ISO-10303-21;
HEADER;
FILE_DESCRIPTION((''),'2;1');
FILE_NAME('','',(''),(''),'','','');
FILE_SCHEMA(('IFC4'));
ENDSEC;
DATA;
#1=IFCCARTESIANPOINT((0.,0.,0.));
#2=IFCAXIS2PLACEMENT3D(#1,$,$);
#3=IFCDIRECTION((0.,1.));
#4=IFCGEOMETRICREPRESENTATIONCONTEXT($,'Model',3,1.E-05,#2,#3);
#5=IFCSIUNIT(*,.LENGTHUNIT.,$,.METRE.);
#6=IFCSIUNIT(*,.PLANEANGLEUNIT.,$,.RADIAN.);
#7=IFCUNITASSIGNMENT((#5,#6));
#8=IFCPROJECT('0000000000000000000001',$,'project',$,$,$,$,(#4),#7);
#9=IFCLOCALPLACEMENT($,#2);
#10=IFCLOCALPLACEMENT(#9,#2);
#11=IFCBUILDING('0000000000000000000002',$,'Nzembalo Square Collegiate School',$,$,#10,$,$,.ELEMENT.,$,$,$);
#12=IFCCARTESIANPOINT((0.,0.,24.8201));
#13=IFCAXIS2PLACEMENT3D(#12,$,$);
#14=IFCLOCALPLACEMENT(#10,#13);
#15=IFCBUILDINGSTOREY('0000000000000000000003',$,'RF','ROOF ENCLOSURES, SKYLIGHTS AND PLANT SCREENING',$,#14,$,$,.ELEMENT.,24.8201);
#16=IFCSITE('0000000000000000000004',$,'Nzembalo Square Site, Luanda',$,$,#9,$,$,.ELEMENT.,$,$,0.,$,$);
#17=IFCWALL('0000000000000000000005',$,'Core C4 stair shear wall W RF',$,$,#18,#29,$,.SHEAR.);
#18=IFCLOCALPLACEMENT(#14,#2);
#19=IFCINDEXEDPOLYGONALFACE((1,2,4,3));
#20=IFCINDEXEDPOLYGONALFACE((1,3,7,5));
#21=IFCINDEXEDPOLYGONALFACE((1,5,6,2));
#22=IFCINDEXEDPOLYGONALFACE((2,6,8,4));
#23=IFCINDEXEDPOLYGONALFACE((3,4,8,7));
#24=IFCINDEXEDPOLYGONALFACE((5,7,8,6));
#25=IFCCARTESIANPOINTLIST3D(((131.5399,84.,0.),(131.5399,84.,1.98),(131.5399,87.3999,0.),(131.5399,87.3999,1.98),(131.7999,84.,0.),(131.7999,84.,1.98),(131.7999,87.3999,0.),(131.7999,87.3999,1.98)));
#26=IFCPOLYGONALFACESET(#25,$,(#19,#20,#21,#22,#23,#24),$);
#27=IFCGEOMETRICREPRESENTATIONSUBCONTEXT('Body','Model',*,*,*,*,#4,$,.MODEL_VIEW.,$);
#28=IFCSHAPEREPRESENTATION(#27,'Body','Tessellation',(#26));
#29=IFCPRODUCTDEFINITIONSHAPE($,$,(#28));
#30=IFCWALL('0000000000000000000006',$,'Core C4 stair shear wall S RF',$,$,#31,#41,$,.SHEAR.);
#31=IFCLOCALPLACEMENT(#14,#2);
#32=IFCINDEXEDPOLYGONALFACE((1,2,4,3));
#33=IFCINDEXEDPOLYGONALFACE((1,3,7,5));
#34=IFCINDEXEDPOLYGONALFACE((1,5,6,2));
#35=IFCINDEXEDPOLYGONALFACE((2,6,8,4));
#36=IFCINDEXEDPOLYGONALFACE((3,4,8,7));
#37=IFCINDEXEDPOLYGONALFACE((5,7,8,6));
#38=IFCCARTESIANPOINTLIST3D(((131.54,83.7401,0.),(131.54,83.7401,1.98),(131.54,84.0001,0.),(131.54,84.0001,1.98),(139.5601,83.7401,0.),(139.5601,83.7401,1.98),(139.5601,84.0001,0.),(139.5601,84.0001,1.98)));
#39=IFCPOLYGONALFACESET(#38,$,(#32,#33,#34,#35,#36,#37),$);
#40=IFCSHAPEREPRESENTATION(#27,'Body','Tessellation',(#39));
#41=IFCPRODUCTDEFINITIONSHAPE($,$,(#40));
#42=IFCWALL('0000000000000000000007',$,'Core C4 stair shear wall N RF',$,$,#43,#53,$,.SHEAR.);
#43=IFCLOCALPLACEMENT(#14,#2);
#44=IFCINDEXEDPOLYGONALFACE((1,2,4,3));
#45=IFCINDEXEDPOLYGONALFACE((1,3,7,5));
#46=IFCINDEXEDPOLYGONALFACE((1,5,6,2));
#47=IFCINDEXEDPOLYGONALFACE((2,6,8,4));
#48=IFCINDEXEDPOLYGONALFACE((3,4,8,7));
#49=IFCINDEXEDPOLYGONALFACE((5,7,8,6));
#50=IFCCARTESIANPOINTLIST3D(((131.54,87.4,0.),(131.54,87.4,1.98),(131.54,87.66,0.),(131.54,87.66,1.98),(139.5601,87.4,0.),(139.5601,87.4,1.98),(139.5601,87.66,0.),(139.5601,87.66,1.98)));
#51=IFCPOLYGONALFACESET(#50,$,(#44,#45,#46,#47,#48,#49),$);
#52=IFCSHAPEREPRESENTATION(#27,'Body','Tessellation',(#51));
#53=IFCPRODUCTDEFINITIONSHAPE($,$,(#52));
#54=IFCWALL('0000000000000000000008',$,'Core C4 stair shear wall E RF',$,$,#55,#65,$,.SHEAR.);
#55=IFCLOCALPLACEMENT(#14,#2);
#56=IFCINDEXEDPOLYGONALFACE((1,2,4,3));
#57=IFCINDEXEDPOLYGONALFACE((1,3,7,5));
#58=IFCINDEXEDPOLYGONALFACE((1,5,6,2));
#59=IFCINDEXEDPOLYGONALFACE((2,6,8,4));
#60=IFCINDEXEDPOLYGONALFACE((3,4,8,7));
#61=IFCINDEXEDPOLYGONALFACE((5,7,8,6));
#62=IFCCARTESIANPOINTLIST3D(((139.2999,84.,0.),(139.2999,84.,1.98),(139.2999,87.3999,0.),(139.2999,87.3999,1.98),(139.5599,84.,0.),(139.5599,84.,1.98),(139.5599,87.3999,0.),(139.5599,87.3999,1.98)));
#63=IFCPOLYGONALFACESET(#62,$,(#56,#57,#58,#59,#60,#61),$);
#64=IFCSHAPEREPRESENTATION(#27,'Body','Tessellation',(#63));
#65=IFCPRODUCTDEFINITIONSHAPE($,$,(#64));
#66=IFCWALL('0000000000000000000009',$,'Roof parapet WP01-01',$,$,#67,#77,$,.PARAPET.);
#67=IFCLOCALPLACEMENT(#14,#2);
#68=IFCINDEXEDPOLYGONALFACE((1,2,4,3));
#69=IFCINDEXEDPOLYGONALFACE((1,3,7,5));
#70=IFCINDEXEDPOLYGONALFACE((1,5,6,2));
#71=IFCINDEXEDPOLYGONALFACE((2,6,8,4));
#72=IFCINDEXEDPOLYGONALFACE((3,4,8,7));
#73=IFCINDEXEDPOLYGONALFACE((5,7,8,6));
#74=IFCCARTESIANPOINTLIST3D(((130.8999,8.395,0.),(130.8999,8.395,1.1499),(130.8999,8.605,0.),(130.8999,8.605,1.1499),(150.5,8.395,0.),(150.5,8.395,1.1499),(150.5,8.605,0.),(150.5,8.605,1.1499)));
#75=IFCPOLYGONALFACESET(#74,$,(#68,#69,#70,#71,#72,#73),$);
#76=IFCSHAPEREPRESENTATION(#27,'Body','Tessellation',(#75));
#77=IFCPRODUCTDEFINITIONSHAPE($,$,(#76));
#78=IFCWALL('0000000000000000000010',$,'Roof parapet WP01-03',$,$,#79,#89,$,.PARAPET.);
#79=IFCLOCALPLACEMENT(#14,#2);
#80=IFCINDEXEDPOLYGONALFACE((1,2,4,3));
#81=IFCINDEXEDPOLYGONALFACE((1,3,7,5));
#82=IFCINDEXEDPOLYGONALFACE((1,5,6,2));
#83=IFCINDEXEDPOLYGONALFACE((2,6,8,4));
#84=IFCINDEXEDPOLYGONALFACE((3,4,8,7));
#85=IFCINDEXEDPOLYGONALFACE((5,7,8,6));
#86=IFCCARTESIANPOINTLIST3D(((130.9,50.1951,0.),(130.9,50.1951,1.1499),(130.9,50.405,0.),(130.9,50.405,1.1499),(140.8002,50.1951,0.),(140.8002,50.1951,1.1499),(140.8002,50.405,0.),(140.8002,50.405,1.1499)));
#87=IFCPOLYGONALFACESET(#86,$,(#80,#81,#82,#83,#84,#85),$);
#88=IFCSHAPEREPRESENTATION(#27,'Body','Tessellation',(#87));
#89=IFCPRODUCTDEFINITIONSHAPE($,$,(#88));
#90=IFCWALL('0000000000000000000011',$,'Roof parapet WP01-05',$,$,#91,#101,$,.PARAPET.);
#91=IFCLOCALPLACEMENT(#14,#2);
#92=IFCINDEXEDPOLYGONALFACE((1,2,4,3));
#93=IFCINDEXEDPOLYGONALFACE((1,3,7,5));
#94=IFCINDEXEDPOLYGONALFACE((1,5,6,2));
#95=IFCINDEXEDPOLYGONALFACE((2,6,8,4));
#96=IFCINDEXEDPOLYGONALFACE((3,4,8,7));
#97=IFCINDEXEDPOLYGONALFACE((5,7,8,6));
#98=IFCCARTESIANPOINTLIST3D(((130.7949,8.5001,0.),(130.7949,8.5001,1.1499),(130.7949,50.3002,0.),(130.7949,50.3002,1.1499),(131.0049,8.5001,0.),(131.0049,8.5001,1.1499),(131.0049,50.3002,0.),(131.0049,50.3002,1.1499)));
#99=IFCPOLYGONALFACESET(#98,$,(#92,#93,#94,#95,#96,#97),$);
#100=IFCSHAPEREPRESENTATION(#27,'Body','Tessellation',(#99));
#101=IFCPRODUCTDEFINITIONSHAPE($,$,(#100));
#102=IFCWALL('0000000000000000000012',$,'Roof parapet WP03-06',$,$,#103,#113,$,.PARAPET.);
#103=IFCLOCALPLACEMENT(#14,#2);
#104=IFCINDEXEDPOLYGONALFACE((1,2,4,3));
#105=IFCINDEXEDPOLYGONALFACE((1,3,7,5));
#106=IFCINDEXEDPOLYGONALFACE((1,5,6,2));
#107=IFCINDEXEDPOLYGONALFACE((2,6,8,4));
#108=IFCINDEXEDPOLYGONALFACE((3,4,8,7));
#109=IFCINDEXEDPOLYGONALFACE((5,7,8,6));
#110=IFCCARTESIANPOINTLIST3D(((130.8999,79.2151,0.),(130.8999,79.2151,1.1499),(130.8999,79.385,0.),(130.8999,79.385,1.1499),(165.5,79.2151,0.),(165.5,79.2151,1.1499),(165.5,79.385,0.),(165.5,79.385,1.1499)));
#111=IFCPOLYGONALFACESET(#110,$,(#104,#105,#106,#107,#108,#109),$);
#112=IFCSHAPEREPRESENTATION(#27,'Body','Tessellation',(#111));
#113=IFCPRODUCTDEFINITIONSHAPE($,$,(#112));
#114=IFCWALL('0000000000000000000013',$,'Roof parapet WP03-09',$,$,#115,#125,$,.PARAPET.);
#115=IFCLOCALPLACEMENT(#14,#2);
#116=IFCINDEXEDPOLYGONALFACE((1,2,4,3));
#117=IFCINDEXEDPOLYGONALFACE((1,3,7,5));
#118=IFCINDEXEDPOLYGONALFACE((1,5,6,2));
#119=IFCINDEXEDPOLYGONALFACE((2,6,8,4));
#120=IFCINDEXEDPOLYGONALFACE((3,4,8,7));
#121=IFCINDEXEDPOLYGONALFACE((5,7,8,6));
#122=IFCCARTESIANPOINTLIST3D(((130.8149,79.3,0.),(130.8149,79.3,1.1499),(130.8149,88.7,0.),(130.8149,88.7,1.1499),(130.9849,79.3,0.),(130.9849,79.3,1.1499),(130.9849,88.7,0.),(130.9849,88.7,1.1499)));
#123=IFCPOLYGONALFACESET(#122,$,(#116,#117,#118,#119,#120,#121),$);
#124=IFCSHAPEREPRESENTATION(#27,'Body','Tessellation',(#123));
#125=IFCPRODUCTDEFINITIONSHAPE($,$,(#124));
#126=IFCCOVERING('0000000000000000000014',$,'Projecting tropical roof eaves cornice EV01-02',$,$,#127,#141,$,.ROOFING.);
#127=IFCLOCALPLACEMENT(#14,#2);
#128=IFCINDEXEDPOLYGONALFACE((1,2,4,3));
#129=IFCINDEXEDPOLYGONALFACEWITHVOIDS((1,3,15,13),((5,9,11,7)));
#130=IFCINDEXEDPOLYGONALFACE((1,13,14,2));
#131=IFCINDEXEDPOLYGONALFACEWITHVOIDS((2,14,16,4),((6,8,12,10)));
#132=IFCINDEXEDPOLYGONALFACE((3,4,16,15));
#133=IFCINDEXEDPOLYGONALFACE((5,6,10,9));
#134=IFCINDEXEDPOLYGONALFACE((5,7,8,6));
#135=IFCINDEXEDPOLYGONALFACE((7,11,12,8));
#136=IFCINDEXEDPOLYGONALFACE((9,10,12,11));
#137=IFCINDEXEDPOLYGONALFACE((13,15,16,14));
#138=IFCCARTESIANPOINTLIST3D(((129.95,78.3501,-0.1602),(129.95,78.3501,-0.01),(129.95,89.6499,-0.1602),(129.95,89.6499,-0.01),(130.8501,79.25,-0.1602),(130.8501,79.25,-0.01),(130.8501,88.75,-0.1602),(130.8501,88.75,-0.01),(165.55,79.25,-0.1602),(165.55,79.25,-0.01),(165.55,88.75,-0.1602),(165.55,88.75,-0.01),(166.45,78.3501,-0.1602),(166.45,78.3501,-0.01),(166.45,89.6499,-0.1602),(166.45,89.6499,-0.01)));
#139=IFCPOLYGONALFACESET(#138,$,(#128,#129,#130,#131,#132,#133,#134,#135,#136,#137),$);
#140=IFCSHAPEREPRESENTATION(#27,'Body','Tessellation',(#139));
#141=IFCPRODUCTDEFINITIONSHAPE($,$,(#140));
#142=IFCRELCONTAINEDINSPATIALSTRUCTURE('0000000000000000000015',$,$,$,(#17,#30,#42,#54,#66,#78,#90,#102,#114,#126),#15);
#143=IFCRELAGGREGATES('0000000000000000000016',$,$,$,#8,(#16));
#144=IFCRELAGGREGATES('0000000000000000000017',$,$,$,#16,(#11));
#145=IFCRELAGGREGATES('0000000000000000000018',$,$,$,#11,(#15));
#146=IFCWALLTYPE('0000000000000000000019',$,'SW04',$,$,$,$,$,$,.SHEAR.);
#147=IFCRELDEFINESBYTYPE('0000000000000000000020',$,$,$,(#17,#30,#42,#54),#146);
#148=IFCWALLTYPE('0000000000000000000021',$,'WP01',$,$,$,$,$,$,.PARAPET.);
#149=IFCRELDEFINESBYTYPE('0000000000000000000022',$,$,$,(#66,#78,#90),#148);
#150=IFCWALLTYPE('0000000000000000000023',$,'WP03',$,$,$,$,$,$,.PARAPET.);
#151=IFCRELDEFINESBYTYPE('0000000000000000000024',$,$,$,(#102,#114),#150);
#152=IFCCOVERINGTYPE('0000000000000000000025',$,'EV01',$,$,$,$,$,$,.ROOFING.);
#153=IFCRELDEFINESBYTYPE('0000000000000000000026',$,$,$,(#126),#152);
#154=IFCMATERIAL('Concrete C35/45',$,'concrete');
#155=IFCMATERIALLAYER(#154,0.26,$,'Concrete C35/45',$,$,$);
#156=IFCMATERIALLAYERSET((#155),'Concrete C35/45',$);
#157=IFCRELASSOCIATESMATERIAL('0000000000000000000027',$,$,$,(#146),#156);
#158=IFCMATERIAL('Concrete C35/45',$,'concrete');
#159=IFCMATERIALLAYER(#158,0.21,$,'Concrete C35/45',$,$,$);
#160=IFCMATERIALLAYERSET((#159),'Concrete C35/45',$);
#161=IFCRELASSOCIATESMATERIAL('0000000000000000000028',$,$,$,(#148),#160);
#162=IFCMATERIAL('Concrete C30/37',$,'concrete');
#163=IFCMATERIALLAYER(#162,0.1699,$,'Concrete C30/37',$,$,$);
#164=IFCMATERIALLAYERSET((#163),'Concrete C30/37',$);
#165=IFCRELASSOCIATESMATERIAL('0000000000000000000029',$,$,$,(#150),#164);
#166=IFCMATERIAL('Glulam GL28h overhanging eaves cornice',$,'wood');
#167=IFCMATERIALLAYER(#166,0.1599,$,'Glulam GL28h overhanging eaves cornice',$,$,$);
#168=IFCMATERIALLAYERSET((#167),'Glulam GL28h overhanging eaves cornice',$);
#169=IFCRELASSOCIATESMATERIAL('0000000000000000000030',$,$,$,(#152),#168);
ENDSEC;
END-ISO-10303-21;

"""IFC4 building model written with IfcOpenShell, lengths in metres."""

from ifc_helpers import new_model, si_unit, direction, frame, frame_2d, origin, place, context, subcontext, project, spatial, polyline, rectangle, outline, extrude, material, layer, layer_set, type_object, element, save


model = new_model("IFC4")

# Units and contexts
model_context = context("Model", 3, precision=1e-05, world=origin(), true_north=direction((0.0, 1.0)))
body_context = subcontext(model_context, "Body", "Model", "MODEL_VIEW")
ifc_project = project(units=[si_unit("LENGTHUNIT", "METRE"), si_unit("PLANEANGLEUNIT", "RADIAN")], contexts=[model_context])

# Site, building, storey
site_placement = place(None, origin())
site = spatial("IfcSite", under=ifc_project, at=site_placement, Name="Nzembalo Square Site, Luanda", CompositionType="ELEMENT", RefElevation=0.0)
building_placement = place(site_placement, origin())
building = spatial("IfcBuilding", under=site, at=building_placement, Name="Nzembalo Square Collegiate School", CompositionType="ELEMENT")
storey_placement = place(building_placement, frame((0.0, 0.0, 24.8201)))
storey = spatial("IfcBuildingStorey", under=building, at=storey_placement, Name="RF", Description="ROOF ENCLOSURES, SKYLIGHTS AND PLANT SCREENING", CompositionType="ELEMENT", Elevation=24.8201)

# Walls
ifc_material_1 = material(Name="Concrete C35/45", Category="concrete")
ifc_layer_1 = layer(ifc_material_1, 0.26, Name="Concrete C35/45")
ifc_layer_set_1 = layer_set([ifc_layer_1], Name="Concrete C35/45")
wall_type_1 = type_object("IfcWallType", Name="SW04", PredefinedType="SHEAR", material=ifc_layer_set_1)
wall_1_placement = place(storey_placement, frame((131.6699, 84.0, 0.0), z_axis=(0.0, 0.0, 1.0), x_axis=(0.0, 1.0, 0.0)))
element("IfcWall", 1, at=wall_1_placement, inside=storey, type_object=wall_type_1, Name="Core C4 stair shear wall W RF", PredefinedType="SHEAR", context=body_context, shape_type="SweptSolid", body=[
    extrude(rectangle(XDim=3.3999, YDim=0.26, at=frame_2d((1.7, 0.0))), origin(), (0.0, 0.0, 1.0), 1.98),
])
for number, where, z_axis, x_axis, name in (
    (2, (131.54, 83.8701, 0.0), (0.0, 0.0, 1.0), (1.0, 0.0, 0.0), "Core C4 stair shear wall S RF"),
    (3, (131.54, 87.53, 0.0), (0.0, 0.0, 1.0), (1.0, 0.0, 0.0), "Core C4 stair shear wall N RF"),
):
    element("IfcWall", number, at=place(storey_placement, frame(where, z_axis=z_axis, x_axis=x_axis)), inside=storey, type_object=wall_type_1, Name=name, PredefinedType="SHEAR", context=body_context, shape_type="SweptSolid", body=[
        extrude(rectangle(XDim=8.02, YDim=0.26, at=frame_2d((4.01, 0.0))), origin(), (0.0, 0.0, 1.0), 1.98),
    ])
wall_2_placement = place(storey_placement, frame((139.4299, 84.0, 0.0), z_axis=(0.0, 0.0, 1.0), x_axis=(0.0, 1.0, 0.0)))
element("IfcWall", 4, at=wall_2_placement, inside=storey, type_object=wall_type_1, Name="Core C4 stair shear wall E RF", PredefinedType="SHEAR", context=body_context, shape_type="SweptSolid", body=[
    extrude(rectangle(XDim=3.3999, YDim=0.26, at=frame_2d((1.7, 0.0))), origin(), (0.0, 0.0, 1.0), 1.98),
])
ifc_material_2 = material(Name="Concrete C35/45", Category="concrete")
ifc_layer_2 = layer(ifc_material_2, 0.21, Name="Concrete C35/45")
ifc_layer_set_2 = layer_set([ifc_layer_2], Name="Concrete C35/45")
wall_type_2 = type_object("IfcWallType", Name="WP01", PredefinedType="PARAPET", material=ifc_layer_set_2)
wall_3_placement = place(storey_placement, frame((130.8999, 8.5, 0.0), z_axis=(0.0, 0.0, 1.0), x_axis=(1.0, 0.0, 0.0)))
element("IfcWall", 5, at=wall_3_placement, inside=storey, type_object=wall_type_2, Name="Roof parapet WP01-01", PredefinedType="PARAPET", context=body_context, shape_type="SweptSolid", body=[
    extrude(rectangle(XDim=19.6001, YDim=0.21, at=frame_2d((9.8, 0.0))), origin(), (0.0, 0.0, 1.0), 1.1499),
])
wall_4_placement = place(storey_placement, frame((130.8999, 50.3, 0.0), z_axis=(0.0, 0.0, 1.0), x_axis=(1.0, 0.0, 0.0)))
element("IfcWall", 6, at=wall_4_placement, inside=storey, type_object=wall_type_2, Name="Roof parapet WP01-03", PredefinedType="PARAPET", context=body_context, shape_type="SweptSolid", body=[
    extrude(rectangle(XDim=9.9001, YDim=0.21, at=frame_2d((4.9502, 0.0))), origin(), (0.0, 0.0, 1.0), 1.1499),
])
wall_5_placement = place(storey_placement, frame((130.8999, 50.3, 0.0), z_axis=(0.0, 0.0, 1.0), x_axis=(0.0, -1.0, 0.0)))
element("IfcWall", 7, at=wall_5_placement, inside=storey, type_object=wall_type_2, Name="Roof parapet WP01-05", PredefinedType="PARAPET", context=body_context, shape_type="SweptSolid", body=[
    extrude(rectangle(XDim=41.8, YDim=0.21, at=frame_2d((20.8999, 0.0))), origin(), (0.0, 0.0, 1.0), 1.1499),
])
ifc_material_3 = material(Name="Concrete C30/37", Category="concrete")
ifc_layer_3 = layer(ifc_material_3, 0.1699, Name="Concrete C30/37")
ifc_layer_set_3 = layer_set([ifc_layer_3], Name="Concrete C30/37")
wall_type_3 = type_object("IfcWallType", Name="WP03", PredefinedType="PARAPET", material=ifc_layer_set_3)
wall_6_placement = place(storey_placement, frame((130.8999, 79.3, 0.0), z_axis=(0.0, 0.0, 1.0), x_axis=(1.0, 0.0, 0.0)))
element("IfcWall", 8, at=wall_6_placement, inside=storey, type_object=wall_type_3, Name="Roof parapet WP03-06", PredefinedType="PARAPET", context=body_context, shape_type="SweptSolid", body=[
    extrude(rectangle(XDim=34.6001, YDim=0.1699, at=frame_2d((17.3, 0.0))), origin(), (0.0, 0.0, 1.0), 1.1499),
])
wall_7_placement = place(storey_placement, frame((130.8999, 88.7, 0.0), z_axis=(0.0, 0.0, 1.0), x_axis=(0.0, -1.0, 0.0)))
element("IfcWall", 9, at=wall_7_placement, inside=storey, type_object=wall_type_3, Name="Roof parapet WP03-09", PredefinedType="PARAPET", context=body_context, shape_type="SweptSolid", body=[
    extrude(rectangle(XDim=9.3999, YDim=0.1699, at=frame_2d((4.7, 0.0))), origin(), (0.0, 0.0, 1.0), 1.1499),
])

# Covering
ifc_material_4 = material(Name="Glulam GL28h overhanging eaves cornice", Category="wood")
ifc_layer_4 = layer(ifc_material_4, 0.1599, Name="Glulam GL28h overhanging eaves cornice")
ifc_layer_set_4 = layer_set([ifc_layer_4], Name="Glulam GL28h overhanging eaves cornice")
covering_type = type_object("IfcCoveringType", Name="EV01", PredefinedType="ROOFING", material=ifc_layer_set_4)
covering_placement = place(storey_placement, frame((0.0, 0.0, -0.1602)))
element("IfcCovering", 10, at=covering_placement, inside=storey, type_object=covering_type, Name="Projecting tropical roof eaves cornice EV01-02", PredefinedType="ROOFING", context=body_context, shape_type="SweptSolid", body=[
    extrude(outline(polyline([(129.95, 78.3501), (166.45, 78.3501), (166.45, 89.6499), (129.95, 89.6499), (129.95, 78.3501)]), holes=[polyline([(130.8501, 79.25), (165.55, 79.25), (165.55, 88.75), (130.8501, 88.75), (130.8501, 79.25)])]), origin(), (0.0, 0.0, 1.0), 0.1501),
])

save(model, "model.ifc")
